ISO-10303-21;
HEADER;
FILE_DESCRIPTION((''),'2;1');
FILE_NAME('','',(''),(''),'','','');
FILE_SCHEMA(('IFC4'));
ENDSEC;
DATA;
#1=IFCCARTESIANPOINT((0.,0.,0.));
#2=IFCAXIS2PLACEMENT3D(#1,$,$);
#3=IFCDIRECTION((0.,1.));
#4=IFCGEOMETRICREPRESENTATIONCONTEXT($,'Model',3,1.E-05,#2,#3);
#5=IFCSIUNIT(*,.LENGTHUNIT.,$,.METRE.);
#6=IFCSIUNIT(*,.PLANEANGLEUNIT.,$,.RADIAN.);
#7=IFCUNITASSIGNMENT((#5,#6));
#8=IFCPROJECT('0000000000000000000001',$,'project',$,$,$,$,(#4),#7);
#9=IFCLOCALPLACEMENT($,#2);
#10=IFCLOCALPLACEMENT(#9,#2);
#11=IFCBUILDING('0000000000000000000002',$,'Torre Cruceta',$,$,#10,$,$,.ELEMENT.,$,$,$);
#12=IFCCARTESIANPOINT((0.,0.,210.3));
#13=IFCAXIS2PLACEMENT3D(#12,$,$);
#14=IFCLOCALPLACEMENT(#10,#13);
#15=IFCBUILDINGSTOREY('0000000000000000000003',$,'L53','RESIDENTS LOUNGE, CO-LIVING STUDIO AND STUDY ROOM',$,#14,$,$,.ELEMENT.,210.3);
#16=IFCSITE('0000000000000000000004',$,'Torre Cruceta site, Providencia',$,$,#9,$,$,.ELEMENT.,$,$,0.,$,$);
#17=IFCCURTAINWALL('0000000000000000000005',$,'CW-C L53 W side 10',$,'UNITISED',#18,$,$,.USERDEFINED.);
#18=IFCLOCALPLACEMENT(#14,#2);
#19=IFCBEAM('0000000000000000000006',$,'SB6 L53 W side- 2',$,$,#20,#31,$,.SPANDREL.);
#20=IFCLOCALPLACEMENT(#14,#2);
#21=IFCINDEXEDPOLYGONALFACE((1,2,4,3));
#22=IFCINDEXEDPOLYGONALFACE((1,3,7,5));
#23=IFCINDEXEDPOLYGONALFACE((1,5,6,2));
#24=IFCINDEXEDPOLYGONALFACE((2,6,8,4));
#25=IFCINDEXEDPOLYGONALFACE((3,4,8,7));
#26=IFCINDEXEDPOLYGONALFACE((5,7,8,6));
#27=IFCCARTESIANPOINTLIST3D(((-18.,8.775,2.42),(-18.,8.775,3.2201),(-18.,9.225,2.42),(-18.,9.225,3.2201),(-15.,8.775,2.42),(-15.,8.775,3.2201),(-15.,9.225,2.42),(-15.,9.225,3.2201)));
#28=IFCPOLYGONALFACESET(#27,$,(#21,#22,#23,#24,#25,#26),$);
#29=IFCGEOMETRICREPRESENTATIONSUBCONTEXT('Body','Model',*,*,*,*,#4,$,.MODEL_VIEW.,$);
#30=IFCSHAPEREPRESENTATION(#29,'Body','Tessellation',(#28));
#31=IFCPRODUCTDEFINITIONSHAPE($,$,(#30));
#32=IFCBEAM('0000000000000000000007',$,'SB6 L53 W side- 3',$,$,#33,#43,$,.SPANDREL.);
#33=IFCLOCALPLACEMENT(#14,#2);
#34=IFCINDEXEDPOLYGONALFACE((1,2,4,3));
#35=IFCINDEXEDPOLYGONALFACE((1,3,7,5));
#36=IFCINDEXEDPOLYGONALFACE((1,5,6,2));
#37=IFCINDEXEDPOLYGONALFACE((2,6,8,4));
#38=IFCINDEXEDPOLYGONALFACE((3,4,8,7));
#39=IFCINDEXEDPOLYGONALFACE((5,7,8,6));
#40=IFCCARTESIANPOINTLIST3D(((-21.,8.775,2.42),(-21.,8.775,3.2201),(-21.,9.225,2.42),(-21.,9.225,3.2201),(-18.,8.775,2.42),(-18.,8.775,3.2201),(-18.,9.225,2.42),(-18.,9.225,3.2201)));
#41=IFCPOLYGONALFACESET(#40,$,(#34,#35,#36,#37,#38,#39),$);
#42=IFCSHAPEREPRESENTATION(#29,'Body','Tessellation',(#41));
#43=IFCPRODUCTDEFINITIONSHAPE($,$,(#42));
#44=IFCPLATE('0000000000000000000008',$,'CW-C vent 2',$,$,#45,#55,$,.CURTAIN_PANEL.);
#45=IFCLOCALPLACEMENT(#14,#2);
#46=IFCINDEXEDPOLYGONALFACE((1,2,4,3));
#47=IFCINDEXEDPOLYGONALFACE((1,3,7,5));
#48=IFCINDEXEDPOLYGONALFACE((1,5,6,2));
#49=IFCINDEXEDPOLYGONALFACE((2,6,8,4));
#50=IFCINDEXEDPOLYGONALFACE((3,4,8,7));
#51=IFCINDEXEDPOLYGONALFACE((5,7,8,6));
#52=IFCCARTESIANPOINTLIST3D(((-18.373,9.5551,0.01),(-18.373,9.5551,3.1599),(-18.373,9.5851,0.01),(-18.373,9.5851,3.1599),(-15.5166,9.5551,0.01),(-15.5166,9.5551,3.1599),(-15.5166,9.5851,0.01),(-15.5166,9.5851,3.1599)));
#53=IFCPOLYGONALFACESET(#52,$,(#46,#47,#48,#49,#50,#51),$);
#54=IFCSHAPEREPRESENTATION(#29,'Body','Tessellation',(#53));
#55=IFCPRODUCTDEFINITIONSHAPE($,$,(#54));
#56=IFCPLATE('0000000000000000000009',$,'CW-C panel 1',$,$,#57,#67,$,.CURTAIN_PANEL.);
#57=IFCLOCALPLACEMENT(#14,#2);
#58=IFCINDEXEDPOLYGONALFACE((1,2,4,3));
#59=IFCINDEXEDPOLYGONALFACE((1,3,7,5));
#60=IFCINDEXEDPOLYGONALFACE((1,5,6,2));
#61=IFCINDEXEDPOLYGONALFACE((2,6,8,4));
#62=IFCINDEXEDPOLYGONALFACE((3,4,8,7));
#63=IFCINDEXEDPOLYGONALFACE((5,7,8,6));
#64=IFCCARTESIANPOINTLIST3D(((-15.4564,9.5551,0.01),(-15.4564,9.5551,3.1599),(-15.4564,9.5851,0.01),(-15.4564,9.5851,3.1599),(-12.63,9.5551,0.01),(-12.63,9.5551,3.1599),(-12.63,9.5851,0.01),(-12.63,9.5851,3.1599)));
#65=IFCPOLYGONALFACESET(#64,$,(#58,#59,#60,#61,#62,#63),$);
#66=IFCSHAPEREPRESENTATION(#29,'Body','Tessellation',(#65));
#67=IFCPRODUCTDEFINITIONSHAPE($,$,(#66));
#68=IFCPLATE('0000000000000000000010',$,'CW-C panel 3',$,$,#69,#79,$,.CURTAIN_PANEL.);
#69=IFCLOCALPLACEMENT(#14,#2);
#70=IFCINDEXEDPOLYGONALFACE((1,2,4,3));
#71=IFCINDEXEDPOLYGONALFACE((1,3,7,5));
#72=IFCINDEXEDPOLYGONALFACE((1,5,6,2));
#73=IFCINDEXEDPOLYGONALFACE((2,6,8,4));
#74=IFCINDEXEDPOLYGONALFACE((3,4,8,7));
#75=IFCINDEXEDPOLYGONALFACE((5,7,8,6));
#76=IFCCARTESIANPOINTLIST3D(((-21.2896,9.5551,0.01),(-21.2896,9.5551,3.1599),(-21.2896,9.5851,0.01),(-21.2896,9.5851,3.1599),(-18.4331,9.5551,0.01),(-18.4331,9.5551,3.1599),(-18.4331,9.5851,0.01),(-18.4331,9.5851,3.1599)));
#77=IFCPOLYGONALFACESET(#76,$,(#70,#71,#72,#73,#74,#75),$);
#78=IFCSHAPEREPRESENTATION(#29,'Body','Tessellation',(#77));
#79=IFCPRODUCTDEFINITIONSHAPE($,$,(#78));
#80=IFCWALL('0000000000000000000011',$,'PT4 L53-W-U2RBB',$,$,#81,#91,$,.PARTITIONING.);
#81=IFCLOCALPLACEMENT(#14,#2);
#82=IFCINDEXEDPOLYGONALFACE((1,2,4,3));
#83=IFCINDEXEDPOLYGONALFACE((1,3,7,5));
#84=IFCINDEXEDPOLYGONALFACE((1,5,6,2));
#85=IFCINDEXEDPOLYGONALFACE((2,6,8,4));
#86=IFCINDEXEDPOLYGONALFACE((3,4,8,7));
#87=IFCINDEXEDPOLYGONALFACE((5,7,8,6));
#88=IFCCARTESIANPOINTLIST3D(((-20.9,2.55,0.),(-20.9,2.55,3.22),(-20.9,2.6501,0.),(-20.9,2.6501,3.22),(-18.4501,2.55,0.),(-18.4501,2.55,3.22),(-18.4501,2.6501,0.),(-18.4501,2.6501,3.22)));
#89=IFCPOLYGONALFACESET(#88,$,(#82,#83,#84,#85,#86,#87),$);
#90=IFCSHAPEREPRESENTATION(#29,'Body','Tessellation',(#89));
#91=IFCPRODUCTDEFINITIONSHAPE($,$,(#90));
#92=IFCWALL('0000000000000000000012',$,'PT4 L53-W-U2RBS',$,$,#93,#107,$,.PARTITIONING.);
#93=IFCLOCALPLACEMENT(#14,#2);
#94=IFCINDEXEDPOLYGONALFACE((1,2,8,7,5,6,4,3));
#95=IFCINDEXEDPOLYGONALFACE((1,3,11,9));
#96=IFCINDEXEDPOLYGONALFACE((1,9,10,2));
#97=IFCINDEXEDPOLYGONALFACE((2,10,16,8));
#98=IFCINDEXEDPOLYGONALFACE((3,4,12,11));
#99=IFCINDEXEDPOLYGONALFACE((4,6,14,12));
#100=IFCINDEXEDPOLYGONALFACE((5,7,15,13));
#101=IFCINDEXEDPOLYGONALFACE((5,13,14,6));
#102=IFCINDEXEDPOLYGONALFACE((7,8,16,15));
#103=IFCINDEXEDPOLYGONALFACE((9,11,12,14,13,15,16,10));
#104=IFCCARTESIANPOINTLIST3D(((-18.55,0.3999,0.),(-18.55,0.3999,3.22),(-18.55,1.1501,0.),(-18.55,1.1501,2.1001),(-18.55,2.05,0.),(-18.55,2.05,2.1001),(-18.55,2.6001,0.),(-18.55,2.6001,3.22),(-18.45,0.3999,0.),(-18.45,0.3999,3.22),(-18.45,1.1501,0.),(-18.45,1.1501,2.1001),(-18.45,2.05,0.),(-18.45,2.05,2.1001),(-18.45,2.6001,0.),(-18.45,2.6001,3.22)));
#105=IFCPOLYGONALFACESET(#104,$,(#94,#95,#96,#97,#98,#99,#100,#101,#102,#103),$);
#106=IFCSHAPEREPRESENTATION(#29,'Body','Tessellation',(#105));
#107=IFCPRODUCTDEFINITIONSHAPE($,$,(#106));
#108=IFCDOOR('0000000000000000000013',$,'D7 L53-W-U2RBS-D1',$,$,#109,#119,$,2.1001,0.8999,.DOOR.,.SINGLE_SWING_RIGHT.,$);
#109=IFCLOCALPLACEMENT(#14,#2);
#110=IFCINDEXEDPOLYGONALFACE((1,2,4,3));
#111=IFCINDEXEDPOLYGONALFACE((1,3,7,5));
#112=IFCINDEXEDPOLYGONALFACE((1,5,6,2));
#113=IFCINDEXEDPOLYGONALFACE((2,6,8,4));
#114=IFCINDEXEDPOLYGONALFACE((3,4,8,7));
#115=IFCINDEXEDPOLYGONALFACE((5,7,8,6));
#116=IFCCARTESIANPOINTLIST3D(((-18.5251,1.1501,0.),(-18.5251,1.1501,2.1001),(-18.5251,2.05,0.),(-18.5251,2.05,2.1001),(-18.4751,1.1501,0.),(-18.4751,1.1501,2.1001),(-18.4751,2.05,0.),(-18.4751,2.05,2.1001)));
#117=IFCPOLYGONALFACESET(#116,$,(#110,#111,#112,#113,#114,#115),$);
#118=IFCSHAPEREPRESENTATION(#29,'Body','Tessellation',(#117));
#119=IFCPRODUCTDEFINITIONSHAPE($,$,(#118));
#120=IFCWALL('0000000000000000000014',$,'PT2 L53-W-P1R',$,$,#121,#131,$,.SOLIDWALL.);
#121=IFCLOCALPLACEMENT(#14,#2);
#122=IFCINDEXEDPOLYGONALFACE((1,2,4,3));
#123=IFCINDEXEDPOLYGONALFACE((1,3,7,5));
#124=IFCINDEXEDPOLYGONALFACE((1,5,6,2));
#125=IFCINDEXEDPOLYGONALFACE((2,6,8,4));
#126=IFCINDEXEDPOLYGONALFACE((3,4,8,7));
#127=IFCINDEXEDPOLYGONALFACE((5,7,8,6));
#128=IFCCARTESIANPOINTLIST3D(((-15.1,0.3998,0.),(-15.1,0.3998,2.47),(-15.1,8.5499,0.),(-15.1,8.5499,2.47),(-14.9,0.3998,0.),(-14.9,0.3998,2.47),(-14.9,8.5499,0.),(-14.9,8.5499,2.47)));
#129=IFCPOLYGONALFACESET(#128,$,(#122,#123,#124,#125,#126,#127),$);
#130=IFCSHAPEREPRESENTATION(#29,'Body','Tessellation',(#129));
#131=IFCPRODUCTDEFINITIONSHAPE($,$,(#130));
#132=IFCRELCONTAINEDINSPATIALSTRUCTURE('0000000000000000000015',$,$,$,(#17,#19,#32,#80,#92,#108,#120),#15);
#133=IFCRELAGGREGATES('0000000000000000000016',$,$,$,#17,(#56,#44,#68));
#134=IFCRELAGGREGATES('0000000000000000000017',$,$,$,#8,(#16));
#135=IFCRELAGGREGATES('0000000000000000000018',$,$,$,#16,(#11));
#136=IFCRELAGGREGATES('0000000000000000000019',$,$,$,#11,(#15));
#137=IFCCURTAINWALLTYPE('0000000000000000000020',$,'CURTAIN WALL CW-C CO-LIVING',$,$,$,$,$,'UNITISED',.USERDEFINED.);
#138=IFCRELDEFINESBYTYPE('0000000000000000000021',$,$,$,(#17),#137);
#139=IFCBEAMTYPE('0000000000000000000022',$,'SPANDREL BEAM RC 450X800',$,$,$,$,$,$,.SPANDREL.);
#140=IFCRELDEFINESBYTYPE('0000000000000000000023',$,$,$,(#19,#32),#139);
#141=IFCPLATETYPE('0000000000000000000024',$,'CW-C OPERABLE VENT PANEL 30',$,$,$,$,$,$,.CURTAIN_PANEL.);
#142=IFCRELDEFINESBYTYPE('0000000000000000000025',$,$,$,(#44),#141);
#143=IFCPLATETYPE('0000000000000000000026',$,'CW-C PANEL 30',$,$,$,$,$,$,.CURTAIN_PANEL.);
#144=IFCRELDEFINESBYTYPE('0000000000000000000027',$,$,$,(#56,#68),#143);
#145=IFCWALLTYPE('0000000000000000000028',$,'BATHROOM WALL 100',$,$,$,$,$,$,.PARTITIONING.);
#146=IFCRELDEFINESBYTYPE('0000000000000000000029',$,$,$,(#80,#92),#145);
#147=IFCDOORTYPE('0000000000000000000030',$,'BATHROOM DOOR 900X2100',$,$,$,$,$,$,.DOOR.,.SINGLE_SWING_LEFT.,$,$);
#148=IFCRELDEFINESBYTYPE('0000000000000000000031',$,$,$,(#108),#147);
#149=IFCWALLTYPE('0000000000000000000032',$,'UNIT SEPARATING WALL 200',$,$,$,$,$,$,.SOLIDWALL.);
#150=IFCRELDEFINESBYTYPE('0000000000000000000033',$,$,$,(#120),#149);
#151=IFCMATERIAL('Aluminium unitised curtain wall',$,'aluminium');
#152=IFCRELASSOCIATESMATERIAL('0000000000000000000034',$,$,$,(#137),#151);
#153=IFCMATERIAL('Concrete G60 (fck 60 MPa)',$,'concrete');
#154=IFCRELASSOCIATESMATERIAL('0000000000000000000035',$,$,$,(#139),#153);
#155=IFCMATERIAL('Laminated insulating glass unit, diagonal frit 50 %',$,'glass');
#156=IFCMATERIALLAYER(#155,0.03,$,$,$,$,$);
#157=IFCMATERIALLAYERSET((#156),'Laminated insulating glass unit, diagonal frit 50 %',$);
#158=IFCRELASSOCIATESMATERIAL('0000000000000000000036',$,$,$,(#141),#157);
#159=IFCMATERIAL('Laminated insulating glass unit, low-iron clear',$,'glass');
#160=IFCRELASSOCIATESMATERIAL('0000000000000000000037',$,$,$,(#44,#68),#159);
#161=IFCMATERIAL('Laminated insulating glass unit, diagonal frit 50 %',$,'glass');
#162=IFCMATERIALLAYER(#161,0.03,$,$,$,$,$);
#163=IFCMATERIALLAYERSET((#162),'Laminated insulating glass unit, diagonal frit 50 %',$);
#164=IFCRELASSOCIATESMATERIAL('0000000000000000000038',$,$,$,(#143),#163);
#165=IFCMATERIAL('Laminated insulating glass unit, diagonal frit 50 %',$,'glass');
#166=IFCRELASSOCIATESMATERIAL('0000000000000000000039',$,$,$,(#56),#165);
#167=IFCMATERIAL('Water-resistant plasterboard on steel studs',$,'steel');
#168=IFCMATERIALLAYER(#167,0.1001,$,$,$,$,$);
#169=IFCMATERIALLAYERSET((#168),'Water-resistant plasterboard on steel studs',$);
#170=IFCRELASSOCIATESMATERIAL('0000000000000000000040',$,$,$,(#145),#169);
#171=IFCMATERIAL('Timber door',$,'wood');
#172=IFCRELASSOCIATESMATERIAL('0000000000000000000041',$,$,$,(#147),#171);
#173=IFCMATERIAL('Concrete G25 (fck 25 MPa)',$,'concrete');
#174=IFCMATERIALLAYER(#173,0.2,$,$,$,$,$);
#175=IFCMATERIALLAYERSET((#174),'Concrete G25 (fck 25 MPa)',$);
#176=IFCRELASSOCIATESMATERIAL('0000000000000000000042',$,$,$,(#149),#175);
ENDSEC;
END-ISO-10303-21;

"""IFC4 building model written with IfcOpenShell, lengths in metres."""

from ifc_helpers import new_model, si_unit, direction, frame, frame_2d, origin, origin_2d, place, context, subcontext, project, spatial, rectangle, extrude, material, layer, layer_set, material_profile, profile_set, type_object, element, fill, aggregate, save


model = new_model("IFC4")

# Units and contexts
model_context = context("Model", 3, precision=1e-05, world=origin(), true_north=direction((0.0, 1.0)))
body_context = subcontext(model_context, "Body", "Model", "MODEL_VIEW")
ifc_project = project(units=[si_unit("LENGTHUNIT", "METRE"), si_unit("PLANEANGLEUNIT", "RADIAN")], contexts=[model_context])

# Site, building, storey
site_placement = place(None, origin())
site = spatial("IfcSite", under=ifc_project, at=site_placement, Name="Torre Cruceta site, Providencia", CompositionType="ELEMENT", RefElevation=0.0)
building_placement = place(site_placement, origin())
building = spatial("IfcBuilding", under=site, at=building_placement, Name="Torre Cruceta", CompositionType="ELEMENT")
storey_placement = place(building_placement, frame((0.0, 0.0, 210.3)))
storey = spatial("IfcBuildingStorey", under=building, at=storey_placement, Name="L53", Description="RESIDENTS LOUNGE, CO-LIVING STUDIO AND STUDY ROOM", CompositionType="ELEMENT", Elevation=210.3)

# Curtain wall
ifc_material_1 = material(Name="Aluminium unitised curtain wall", Category="aluminium")
curtain_wall_type = type_object("IfcCurtainWallType", Name="CURTAIN WALL CW-C CO-LIVING", ElementType="UNITISED", PredefinedType="USERDEFINED", material=ifc_material_1)
curtain_wall_placement = place(storey_placement, origin())
curtain_wall = element("IfcCurtainWall", 1, at=curtain_wall_placement, inside=storey, type_object=curtain_wall_type, Name="CW-C L53 W side 10", ObjectType="UNITISED", PredefinedType="USERDEFINED")

# Beams
ifc_material_2 = material(Name="Concrete G60 (fck 60 MPa)", Category="concrete")
ifc_material_profile_1 = material_profile(ifc_material_2, rectangle(XDim=0.45, YDim=0.8, at=origin_2d()), Name="RC 450X800")
ifc_profile_set_1 = profile_set([ifc_material_profile_1], Name="Concrete G60 (fck 60 MPa)")
beam_type_1 = type_object("IfcBeamType", Name="SPANDREL BEAM RC 450X800", PredefinedType="SPANDREL", material=ifc_profile_set_1)
for number, where, z_axis, x_axis, name in (
    (2, (-15.0, 9.0, 2.8201), (-1.0, 0.0, 0.0), (0.0, -1.0, 0.0), "SB6 L53 W side- 2"),
    (3, (-18.0, 9.0, 2.8201), (-1.0, 0.0, 0.0), (0.0, -1.0, 0.0), "SB6 L53 W side- 3"),
):
    element("IfcBeam", number, at=place(storey_placement, frame(where, z_axis=z_axis, x_axis=x_axis)), inside=storey, type_object=beam_type_1, Name=name, PredefinedType="SPANDREL", context=body_context, shape_type="SweptSolid", body=[
        extrude(rectangle(XDim=0.45, YDim=0.8, at=origin_2d()), origin(), (0.0, 0.0, 1.0), 3.0),
    ])

# Plates
ifc_material_3 = material(Name="Laminated insulating glass unit, low-iron clear", Category="glass")
ifc_material_4 = material(Name="Laminated insulating glass unit, diagonal frit 50 %", Category="glass")
ifc_layer_1 = layer(ifc_material_4, 0.03)
ifc_layer_set_1 = layer_set([ifc_layer_1], Name="Laminated insulating glass unit, diagonal frit 50 %")
plate_type_1 = type_object("IfcPlateType", Name="CW-C OPERABLE VENT PANEL 30", PredefinedType="CURTAIN_PANEL", material=ifc_layer_set_1)
plate_1_placement = place(storey_placement, frame((-16.9448, 9.5701, 0.01), z_axis=(0.0, 0.0, 1.0), x_axis=(-1.0, 0.0, 0.0)))
plate_1 = element("IfcPlate", 4, at=plate_1_placement, type_object=plate_type_1, material=ifc_material_3, Name="CW-C vent 2", PredefinedType="CURTAIN_PANEL", context=body_context, shape_type="SweptSolid", body=[
    extrude(rectangle(XDim=2.8564, YDim=0.03, at=origin_2d()), origin(), (0.0, 0.0, 1.0), 3.1499),
])
ifc_material_5 = material(Name="Laminated insulating glass unit, diagonal frit 50 %", Category="glass")
ifc_material_6 = material(Name="Laminated insulating glass unit, diagonal frit 50 %", Category="glass")
ifc_layer_2 = layer(ifc_material_6, 0.03)
ifc_layer_set_2 = layer_set([ifc_layer_2], Name="Laminated insulating glass unit, diagonal frit 50 %")
plate_type_2 = type_object("IfcPlateType", Name="CW-C PANEL 30", PredefinedType="CURTAIN_PANEL", material=ifc_layer_set_2)
plate_2_placement = place(storey_placement, frame((-14.0432, 9.5701, 0.01), z_axis=(0.0, 0.0, 1.0), x_axis=(-1.0, 0.0, 0.0)))
plate_2 = element("IfcPlate", 5, at=plate_2_placement, type_object=plate_type_2, material=ifc_material_5, Name="CW-C panel 1", PredefinedType="CURTAIN_PANEL", context=body_context, shape_type="SweptSolid", body=[
    extrude(rectangle(XDim=2.8264, YDim=0.03, at=origin_2d()), origin(), (0.0, 0.0, 1.0), 3.1499),
])
plate_3_placement = place(storey_placement, frame((-19.8613, 9.5701, 0.01), z_axis=(0.0, 0.0, 1.0), x_axis=(-1.0, 0.0, 0.0)))
plate_3 = element("IfcPlate", 6, at=plate_3_placement, type_object=plate_type_2, material=ifc_material_3, Name="CW-C panel 3", PredefinedType="CURTAIN_PANEL", context=body_context, shape_type="SweptSolid", body=[
    extrude(rectangle(XDim=2.8564, YDim=0.03, at=origin_2d()), origin(), (0.0, 0.0, 1.0), 3.1499),
])
aggregate(curtain_wall, [plate_2, plate_1, plate_3])

# Wall
ifc_material_7 = material(Name="Water-resistant plasterboard on steel studs", Category="steel")
ifc_layer_3 = layer(ifc_material_7, 0.1001)
ifc_layer_set_3 = layer_set([ifc_layer_3], Name="Water-resistant plasterboard on steel studs")
wall_type_1 = type_object("IfcWallType", Name="BATHROOM WALL 100", PredefinedType="PARTITIONING", material=ifc_layer_set_3)
wall_1_placement = place(storey_placement, frame((-18.45, 2.6001, 0.0), z_axis=(0.0, 0.0, 1.0), x_axis=(-1.0, 0.0, 0.0)))
element("IfcWall", 7, at=wall_1_placement, inside=storey, type_object=wall_type_1, Name="PT4 L53-W-U2RBB", PredefinedType="PARTITIONING", context=body_context, shape_type="SweptSolid", body=[
    extrude(rectangle(XDim=2.45, YDim=0.1001, at=frame_2d((1.2251, 0.0))), origin(), (0.0, 0.0, 1.0), 3.22),
])

# Wall, opening, door
wall_2_placement = place(storey_placement, frame((-18.5, 2.6001, 0.0), z_axis=(0.0, 0.0, 1.0), x_axis=(0.0, -1.0, 0.0)))
wall_2 = element("IfcWall", 8, at=wall_2_placement, inside=storey, type_object=wall_type_1, Name="PT4 L53-W-U2RBS", PredefinedType="PARTITIONING", context=body_context, shape_type="SweptSolid", body=[
    extrude(rectangle(XDim=2.2002, YDim=0.1001, at=frame_2d((1.1001, 0.0))), origin(), (0.0, 0.0, 1.0), 3.22),
])
opening_placement = place(wall_2_placement, frame((0.55, 0.0, 0.0)))
opening = element("IfcOpeningElement", 9, at=opening_placement, cuts=wall_2, PredefinedType="OPENING", context=body_context, shape_type="SweptSolid", body=[
    extrude(rectangle(XDim=0.8999, YDim=2.1001, at=frame_2d((0.45, 1.05))), frame((0.0, 0.0601, 0.0), z_axis=(0.0, -1.0, 0.0), x_axis=(1.0, 0.0, 0.0)), (0.0, 0.0, 1.0), 0.1201),
])
ifc_material_8 = material(Name="Timber door", Category="wood")
door_type = type_object("IfcDoorType", Name="BATHROOM DOOR 900X2100", OperationType="SINGLE_SWING_LEFT", PredefinedType="DOOR", material=ifc_material_8)
door_placement = place(opening_placement, frame((0.8999, 0.0, 0.0), z_axis=(0.0, 0.0, 1.0), x_axis=(-1.0, 0.0, 0.0)))
door = element("IfcDoor", 10, at=door_placement, inside=storey, type_object=door_type, Name="D7 L53-W-U2RBS-D1", OperationType="SINGLE_SWING_RIGHT", OverallHeight=2.1001, OverallWidth=0.8999, PredefinedType="DOOR", context=body_context, shape_type="SweptSolid", body=[
    extrude(rectangle(XDim=0.8999, YDim=2.1001, at=frame_2d((0.45, 1.05))), frame((0.0, 0.0251, 0.0), z_axis=(0.0, -1.0, 0.0), x_axis=(1.0, 0.0, 0.0)), (0.0, 0.0, 1.0), 0.05),
])
fill(opening, door)

# Wall
ifc_material_9 = material(Name="Concrete G25 (fck 25 MPa)", Category="concrete")
ifc_layer_4 = layer(ifc_material_9, 0.2)
ifc_layer_set_4 = layer_set([ifc_layer_4], Name="Concrete G25 (fck 25 MPa)")
wall_type_2 = type_object("IfcWallType", Name="UNIT SEPARATING WALL 200", PredefinedType="SOLIDWALL", material=ifc_layer_set_4)
wall_3_placement = place(storey_placement, frame((-15.0, 8.55, 0.0), z_axis=(0.0, 0.0, 1.0), x_axis=(0.0, -1.0, 0.0)))
element("IfcWall", 11, at=wall_3_placement, inside=storey, type_object=wall_type_2, Name="PT2 L53-W-P1R", PredefinedType="SOLIDWALL", context=body_context, shape_type="SweptSolid", body=[
    extrude(rectangle(XDim=8.1501, YDim=0.2, at=frame_2d((4.0752, 0.0))), origin(), (0.0, 0.0, 1.0), 2.47),
])

save(model, "model.ifc")
